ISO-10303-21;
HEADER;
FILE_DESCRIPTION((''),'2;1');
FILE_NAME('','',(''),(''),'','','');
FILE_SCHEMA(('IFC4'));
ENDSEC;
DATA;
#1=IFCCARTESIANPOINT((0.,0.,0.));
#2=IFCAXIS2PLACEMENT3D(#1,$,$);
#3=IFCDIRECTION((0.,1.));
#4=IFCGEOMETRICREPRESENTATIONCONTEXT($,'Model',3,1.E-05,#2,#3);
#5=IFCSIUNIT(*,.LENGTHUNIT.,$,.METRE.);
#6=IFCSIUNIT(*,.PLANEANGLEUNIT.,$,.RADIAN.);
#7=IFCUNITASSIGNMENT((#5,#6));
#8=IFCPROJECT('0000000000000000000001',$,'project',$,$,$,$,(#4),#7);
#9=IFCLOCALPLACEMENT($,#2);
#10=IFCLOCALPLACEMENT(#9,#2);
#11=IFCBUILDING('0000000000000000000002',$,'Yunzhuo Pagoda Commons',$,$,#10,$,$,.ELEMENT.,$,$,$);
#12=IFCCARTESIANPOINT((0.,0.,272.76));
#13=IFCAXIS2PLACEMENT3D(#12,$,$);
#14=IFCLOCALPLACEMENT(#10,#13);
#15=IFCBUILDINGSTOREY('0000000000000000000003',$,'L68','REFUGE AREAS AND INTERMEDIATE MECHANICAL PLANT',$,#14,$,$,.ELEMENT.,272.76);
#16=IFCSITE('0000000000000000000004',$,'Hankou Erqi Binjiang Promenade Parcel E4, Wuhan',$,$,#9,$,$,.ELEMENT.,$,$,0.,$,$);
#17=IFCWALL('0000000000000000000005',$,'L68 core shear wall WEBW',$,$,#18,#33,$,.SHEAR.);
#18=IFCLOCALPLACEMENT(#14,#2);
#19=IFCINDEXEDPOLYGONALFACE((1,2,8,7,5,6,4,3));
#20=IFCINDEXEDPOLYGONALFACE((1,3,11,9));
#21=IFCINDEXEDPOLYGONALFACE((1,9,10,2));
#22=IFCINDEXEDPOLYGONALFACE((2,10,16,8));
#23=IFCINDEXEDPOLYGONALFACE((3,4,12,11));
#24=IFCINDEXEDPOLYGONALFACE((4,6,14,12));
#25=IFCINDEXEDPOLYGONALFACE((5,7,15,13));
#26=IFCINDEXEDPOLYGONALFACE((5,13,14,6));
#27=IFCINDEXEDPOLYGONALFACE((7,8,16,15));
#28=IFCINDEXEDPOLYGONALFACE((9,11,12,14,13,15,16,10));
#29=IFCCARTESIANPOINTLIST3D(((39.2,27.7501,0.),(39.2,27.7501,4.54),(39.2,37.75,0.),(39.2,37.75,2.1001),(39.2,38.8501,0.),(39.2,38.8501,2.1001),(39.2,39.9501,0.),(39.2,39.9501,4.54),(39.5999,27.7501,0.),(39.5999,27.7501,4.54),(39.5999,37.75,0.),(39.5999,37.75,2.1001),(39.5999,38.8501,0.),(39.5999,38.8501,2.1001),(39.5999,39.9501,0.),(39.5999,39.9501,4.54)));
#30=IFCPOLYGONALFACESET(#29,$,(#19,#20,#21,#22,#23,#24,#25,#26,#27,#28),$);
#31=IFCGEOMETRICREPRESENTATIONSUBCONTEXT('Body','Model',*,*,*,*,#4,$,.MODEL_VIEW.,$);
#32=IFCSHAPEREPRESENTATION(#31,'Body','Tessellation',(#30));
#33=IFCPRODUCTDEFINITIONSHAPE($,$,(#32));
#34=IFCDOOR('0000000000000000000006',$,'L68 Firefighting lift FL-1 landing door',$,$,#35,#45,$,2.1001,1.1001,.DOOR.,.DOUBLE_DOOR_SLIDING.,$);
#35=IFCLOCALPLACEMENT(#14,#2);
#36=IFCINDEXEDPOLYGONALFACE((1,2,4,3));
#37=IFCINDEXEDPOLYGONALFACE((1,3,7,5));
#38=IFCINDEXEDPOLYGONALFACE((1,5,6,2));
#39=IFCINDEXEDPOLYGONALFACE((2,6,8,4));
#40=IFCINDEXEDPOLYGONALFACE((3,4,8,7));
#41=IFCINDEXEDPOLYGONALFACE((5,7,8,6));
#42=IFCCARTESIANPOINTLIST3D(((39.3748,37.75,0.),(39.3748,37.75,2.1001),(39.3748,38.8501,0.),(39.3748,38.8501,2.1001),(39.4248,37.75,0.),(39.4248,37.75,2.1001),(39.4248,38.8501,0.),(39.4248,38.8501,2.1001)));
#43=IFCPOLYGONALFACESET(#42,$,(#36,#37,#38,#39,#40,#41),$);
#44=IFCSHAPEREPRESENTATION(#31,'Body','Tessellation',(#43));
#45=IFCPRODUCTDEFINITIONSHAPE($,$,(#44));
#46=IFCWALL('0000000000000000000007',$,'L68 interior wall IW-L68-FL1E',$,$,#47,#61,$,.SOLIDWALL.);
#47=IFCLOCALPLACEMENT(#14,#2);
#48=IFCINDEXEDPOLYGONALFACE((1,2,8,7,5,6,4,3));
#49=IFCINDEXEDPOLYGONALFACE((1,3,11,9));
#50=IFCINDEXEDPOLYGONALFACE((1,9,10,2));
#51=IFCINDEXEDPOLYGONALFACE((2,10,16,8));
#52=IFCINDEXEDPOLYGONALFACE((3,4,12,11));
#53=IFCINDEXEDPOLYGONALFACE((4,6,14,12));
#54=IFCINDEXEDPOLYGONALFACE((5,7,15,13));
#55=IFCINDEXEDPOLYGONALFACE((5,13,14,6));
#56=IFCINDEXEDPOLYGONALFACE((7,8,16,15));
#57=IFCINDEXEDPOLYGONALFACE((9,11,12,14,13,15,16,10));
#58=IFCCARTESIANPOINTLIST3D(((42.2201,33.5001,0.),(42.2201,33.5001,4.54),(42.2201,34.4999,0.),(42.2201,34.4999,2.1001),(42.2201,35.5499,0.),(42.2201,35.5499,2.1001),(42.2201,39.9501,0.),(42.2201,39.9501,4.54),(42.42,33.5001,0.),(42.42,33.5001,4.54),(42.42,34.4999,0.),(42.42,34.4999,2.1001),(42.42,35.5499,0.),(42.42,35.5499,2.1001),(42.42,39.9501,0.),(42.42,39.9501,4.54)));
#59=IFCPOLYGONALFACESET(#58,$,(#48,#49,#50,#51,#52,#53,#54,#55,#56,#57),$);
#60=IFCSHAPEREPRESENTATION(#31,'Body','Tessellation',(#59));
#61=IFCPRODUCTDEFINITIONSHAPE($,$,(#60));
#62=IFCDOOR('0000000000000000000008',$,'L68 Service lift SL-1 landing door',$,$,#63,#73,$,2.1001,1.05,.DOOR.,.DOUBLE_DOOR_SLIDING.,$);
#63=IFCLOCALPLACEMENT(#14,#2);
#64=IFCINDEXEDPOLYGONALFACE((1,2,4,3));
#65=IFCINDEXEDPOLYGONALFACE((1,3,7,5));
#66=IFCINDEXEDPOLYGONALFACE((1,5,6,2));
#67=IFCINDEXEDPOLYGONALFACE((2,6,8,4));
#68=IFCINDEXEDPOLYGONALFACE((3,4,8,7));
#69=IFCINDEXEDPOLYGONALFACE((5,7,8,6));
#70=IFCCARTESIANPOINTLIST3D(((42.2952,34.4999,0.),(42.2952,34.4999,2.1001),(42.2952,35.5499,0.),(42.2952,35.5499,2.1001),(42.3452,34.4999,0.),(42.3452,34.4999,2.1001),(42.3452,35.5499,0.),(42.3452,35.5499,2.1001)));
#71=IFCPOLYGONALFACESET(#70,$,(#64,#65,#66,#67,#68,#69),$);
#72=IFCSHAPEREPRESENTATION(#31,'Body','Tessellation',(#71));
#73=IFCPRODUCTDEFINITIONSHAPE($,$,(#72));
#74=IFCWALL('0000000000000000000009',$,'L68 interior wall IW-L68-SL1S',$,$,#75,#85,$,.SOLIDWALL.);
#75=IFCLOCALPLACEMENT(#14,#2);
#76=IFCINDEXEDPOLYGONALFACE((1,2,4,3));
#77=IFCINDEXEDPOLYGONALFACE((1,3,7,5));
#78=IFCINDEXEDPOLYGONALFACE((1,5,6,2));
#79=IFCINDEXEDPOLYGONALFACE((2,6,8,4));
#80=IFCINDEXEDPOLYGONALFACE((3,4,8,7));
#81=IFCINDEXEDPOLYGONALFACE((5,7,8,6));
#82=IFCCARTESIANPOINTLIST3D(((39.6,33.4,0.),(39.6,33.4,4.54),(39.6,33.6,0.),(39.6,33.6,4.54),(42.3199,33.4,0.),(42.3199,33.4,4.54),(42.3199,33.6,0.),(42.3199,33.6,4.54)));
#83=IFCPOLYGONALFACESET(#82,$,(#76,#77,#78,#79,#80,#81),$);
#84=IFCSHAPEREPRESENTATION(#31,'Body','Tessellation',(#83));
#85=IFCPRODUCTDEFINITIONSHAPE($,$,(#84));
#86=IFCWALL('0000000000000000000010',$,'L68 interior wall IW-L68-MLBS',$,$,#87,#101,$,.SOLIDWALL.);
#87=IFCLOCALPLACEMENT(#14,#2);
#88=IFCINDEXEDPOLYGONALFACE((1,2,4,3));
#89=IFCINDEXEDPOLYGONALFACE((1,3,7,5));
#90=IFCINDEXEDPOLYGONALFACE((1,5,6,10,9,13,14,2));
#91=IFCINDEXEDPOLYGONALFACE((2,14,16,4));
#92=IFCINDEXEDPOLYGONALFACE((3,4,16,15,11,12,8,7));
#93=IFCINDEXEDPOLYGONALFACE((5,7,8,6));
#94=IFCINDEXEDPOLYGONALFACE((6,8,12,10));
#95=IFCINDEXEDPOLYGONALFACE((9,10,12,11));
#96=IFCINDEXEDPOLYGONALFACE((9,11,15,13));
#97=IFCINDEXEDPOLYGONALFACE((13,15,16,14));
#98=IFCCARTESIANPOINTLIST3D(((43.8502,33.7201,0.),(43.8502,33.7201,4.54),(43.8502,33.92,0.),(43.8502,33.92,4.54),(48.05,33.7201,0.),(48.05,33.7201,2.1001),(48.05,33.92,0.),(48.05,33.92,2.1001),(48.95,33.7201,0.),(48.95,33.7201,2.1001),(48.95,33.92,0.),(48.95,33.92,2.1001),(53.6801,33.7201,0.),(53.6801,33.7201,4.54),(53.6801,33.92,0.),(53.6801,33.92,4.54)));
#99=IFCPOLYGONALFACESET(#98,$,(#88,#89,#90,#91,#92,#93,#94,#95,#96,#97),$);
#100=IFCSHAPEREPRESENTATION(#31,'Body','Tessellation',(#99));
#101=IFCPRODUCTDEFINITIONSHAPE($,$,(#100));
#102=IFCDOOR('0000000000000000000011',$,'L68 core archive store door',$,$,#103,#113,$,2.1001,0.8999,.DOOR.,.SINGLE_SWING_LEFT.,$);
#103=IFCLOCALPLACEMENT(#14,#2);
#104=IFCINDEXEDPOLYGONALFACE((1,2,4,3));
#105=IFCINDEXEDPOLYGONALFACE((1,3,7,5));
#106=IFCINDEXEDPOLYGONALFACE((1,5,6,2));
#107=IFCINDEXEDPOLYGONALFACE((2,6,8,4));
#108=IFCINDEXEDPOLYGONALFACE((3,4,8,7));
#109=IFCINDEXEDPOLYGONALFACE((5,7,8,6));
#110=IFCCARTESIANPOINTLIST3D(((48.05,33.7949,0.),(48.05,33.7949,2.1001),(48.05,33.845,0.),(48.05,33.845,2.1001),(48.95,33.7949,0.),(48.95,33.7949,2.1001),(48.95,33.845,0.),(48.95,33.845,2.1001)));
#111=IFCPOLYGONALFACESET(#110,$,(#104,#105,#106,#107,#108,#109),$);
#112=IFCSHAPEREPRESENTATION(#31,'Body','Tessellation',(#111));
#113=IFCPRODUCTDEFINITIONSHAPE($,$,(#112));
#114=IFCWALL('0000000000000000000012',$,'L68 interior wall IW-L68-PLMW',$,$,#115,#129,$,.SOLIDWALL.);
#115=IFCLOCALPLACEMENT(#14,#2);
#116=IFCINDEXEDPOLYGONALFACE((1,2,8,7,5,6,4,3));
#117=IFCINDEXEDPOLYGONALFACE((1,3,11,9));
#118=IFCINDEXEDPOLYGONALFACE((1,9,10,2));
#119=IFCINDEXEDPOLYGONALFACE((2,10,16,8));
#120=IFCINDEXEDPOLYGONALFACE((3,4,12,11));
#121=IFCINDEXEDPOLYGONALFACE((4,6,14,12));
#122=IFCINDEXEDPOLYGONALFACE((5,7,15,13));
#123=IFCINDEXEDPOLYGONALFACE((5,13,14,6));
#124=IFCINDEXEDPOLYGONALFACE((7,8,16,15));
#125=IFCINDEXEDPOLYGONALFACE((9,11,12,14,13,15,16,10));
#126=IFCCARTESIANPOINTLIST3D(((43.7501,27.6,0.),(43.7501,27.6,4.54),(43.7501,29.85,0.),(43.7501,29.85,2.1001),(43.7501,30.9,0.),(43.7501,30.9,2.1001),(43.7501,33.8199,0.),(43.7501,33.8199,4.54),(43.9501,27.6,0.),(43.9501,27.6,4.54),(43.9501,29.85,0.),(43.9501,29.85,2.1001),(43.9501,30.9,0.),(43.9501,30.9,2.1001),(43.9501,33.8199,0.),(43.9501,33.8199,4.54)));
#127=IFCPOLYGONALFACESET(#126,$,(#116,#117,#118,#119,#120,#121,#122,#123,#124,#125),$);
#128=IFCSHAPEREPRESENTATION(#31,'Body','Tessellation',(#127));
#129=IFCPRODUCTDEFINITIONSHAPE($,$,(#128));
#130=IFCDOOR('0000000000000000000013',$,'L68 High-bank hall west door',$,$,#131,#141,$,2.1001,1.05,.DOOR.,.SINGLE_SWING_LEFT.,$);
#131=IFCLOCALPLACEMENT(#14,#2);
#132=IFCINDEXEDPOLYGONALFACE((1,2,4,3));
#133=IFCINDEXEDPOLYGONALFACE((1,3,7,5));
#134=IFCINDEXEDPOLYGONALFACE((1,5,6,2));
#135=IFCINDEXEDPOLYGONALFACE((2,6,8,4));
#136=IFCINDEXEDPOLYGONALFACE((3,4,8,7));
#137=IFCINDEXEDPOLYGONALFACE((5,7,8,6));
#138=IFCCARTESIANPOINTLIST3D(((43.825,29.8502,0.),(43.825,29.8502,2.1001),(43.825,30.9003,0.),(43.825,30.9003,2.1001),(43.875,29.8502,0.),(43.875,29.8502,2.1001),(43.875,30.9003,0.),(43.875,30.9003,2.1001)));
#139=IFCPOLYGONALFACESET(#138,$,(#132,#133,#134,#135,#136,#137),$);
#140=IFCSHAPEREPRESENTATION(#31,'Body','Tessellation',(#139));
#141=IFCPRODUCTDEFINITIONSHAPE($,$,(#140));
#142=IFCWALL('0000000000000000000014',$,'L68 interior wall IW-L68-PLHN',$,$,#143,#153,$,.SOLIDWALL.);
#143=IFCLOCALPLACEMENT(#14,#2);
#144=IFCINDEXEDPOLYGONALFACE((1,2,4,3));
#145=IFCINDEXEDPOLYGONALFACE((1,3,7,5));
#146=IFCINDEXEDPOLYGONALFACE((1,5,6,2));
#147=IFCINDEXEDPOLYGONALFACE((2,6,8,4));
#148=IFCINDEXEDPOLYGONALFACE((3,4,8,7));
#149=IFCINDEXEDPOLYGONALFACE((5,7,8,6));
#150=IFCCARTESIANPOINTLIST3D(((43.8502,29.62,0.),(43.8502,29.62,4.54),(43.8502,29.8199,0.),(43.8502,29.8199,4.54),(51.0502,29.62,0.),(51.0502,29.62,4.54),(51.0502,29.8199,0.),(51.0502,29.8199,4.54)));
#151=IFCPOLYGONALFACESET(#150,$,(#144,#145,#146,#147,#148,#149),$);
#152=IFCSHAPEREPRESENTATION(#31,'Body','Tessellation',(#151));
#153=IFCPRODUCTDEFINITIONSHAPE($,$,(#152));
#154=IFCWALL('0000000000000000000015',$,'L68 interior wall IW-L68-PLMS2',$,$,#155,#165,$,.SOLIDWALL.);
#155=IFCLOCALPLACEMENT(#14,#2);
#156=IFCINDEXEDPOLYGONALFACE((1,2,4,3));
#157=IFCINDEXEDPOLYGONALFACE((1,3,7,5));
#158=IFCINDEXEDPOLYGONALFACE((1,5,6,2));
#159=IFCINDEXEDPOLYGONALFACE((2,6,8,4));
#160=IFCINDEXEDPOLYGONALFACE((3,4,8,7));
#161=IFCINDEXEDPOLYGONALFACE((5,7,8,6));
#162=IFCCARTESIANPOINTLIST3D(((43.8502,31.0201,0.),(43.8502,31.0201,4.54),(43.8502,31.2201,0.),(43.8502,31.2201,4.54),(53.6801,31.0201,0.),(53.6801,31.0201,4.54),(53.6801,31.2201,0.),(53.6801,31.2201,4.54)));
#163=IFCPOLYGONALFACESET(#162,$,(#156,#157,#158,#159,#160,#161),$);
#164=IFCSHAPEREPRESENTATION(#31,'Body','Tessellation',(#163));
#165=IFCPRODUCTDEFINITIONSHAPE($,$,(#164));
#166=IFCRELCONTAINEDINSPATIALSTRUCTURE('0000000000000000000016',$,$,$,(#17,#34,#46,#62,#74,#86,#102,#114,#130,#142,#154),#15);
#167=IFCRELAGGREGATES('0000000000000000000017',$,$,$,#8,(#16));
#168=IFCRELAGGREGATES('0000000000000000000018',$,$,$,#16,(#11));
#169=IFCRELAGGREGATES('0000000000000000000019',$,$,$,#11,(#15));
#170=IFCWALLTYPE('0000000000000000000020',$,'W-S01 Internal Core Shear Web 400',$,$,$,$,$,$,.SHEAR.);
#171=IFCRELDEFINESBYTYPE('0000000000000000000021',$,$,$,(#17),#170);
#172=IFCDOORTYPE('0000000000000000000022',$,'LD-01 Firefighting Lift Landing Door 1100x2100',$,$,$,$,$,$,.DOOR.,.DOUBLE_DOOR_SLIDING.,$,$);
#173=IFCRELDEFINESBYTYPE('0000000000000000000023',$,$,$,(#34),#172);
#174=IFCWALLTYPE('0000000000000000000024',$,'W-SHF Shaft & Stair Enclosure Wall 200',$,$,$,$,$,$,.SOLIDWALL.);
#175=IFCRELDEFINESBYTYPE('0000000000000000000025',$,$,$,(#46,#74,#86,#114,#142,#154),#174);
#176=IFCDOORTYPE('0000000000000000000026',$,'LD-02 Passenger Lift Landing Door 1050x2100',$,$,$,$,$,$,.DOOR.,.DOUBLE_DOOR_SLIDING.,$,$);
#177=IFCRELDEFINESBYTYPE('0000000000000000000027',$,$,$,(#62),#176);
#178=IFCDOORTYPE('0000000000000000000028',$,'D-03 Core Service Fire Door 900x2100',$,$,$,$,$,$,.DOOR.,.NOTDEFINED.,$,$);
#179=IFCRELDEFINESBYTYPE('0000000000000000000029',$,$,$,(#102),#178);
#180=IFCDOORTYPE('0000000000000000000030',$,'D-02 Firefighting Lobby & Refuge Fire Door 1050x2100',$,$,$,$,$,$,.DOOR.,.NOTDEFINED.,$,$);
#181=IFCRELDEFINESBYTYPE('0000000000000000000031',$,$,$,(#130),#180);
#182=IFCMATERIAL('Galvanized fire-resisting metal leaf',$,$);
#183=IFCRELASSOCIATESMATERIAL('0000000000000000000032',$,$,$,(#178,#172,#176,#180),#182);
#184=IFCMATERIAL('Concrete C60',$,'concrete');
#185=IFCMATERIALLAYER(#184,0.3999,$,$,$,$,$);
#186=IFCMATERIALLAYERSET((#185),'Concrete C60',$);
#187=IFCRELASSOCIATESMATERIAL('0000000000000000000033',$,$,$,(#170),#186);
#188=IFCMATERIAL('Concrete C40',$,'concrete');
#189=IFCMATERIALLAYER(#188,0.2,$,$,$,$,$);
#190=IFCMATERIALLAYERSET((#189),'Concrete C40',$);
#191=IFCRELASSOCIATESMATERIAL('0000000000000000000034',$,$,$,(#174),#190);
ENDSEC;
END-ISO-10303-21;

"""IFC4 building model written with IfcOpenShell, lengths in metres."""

from ifc_helpers import new_model, si_unit, direction, frame, frame_2d, origin, origin_with_axes, place, context, subcontext, project, spatial, rectangle, extrude, source, transform, mapped, material, layer, layer_set, type_object, element, fill, save


model = new_model("IFC4")

# Units and contexts
model_context = context("Model", 3, precision=1e-05, world=origin(), true_north=direction((0.0, 1.0)))
body_context = subcontext(model_context, "Body", "Model", "MODEL_VIEW")
ifc_project = project(units=[si_unit("LENGTHUNIT", "METRE"), si_unit("PLANEANGLEUNIT", "RADIAN")], contexts=[model_context])

# Site, building, storey
site_placement = place(None, origin())
site = spatial("IfcSite", under=ifc_project, at=site_placement, Name="Hankou Erqi Binjiang Promenade Parcel E4, Wuhan", CompositionType="ELEMENT", RefElevation=0.0)
building_placement = place(site_placement, origin())
building = spatial("IfcBuilding", under=site, at=building_placement, Name="Yunzhuo Pagoda Commons", CompositionType="ELEMENT")
storey_placement = place(building_placement, frame((0.0, 0.0, 272.76)))
storey = spatial("IfcBuildingStorey", under=building, at=storey_placement, Name="L68", Description="REFUGE AREAS AND INTERMEDIATE MECHANICAL PLANT", CompositionType="ELEMENT", Elevation=272.76)

# Walls, openings, doors
ifc_material_1 = material(Name="Galvanized fire-resisting metal leaf")
door_type_1 = type_object("IfcDoorType", Name="D-03 Core Service Fire Door 900x2100", OperationType="NOTDEFINED", PredefinedType="DOOR", material=ifc_material_1)
shared_shape_1 = source(origin(), body_context, "Body", "SweptSolid", [
    extrude(rectangle(XDim=0.8999, YDim=2.1001, at=frame_2d((0.45, 1.05))), frame((0.0, 0.0249, 0.0), z_axis=(0.0, -1.0, 0.0), x_axis=(1.0, 0.0, 0.0)), (0.0, 0.0, 1.0), 0.05),
])
ifc_material_2 = material(Name="Concrete C60", Category="concrete")
ifc_layer_1 = layer(ifc_material_2, 0.3999)
ifc_layer_set_1 = layer_set([ifc_layer_1], Name="Concrete C60")
wall_type_1 = type_object("IfcWallType", Name="W-S01 Internal Core Shear Web 400", PredefinedType="SHEAR", material=ifc_layer_set_1)
wall_1_placement = place(storey_placement, frame((39.3999, 27.75, 0.0), z_axis=(0.0, 0.0, 1.0), x_axis=(0.0, 1.0, 0.0)))
wall_1 = element("IfcWall", 1, at=wall_1_placement, inside=storey, type_object=wall_type_1, Name="L68 core shear wall WEBW", PredefinedType="SHEAR", context=body_context, shape_type="SweptSolid", body=[
    extrude(rectangle(XDim=12.2, YDim=0.3999, at=frame_2d((6.1001, 0.0))), origin(), (0.0, 0.0, 1.0), 4.54),
])
opening_1_placement = place(wall_1_placement, frame((10.0, 0.0, 0.0)))
opening_1 = element("IfcOpeningElement", 2, at=opening_1_placement, cuts=wall_1, PredefinedType="OPENING", context=body_context, shape_type="SweptSolid", body=[
    extrude(rectangle(XDim=1.1001, YDim=2.1001, at=frame_2d((0.55, 1.05))), frame((0.0, 0.21, 0.0), z_axis=(0.0, -1.0, 0.0), x_axis=(1.0, 0.0, 0.0)), (0.0, 0.0, 1.0), 0.4199),
])
door_type_2 = type_object("IfcDoorType", Name="LD-01 Firefighting Lift Landing Door 1100x2100", OperationType="DOUBLE_DOOR_SLIDING", PredefinedType="DOOR", material=ifc_material_1)
shared_shape_2 = source(origin(), body_context, "Body", "SweptSolid", [
    extrude(rectangle(XDim=1.1001, YDim=2.1001, at=frame_2d((0.55, 1.05))), frame((0.0, 0.0249, 0.0), z_axis=(0.0, -1.0, 0.0), x_axis=(1.0, 0.0, 0.0)), (0.0, 0.0, 1.0), 0.05),
])
door_1_placement = place(opening_1_placement, frame((1.1001, 0.0, 0.0), z_axis=(0.0, 0.0, 1.0), x_axis=(-1.0, 0.0, 0.0)))
door_1 = element("IfcDoor", 3, at=door_1_placement, inside=storey, type_object=door_type_2, Name="L68 Firefighting lift FL-1 landing door", OperationType="DOUBLE_DOOR_SLIDING", OverallHeight=2.1001, OverallWidth=1.1001, PredefinedType="DOOR", context=body_context, shape_type="MappedRepresentation", body=[
    mapped(shared_shape_2, transform((0.0, 0.0, 0.0), scale=1.0)),
])
fill(opening_1, door_1)
ifc_material_3 = material(Name="Concrete C40", Category="concrete")
ifc_layer_2 = layer(ifc_material_3, 0.2)
ifc_layer_set_2 = layer_set([ifc_layer_2], Name="Concrete C40")
wall_type_2 = type_object("IfcWallType", Name="W-SHF Shaft & Stair Enclosure Wall 200", PredefinedType="SOLIDWALL", material=ifc_layer_set_2)
wall_2_placement = place(storey_placement, frame((42.3201, 33.5, 0.0), z_axis=(0.0, 0.0, 1.0), x_axis=(0.0, 1.0, 0.0)))
wall_2 = element("IfcWall", 4, at=wall_2_placement, inside=storey, type_object=wall_type_2, Name="L68 interior wall IW-L68-FL1E", PredefinedType="SOLIDWALL", context=body_context, shape_type="SweptSolid", body=[
    extrude(rectangle(XDim=6.45, YDim=0.2, at=frame_2d((3.2251, 0.0))), origin(), (0.0, 0.0, 1.0), 4.54),
])
opening_2_placement = place(wall_2_placement, frame((1.0, 0.0, 0.0)))
opening_2 = element("IfcOpeningElement", 5, at=opening_2_placement, cuts=wall_2, PredefinedType="OPENING", context=body_context, shape_type="SweptSolid", body=[
    extrude(rectangle(XDim=1.05, YDim=2.1001, at=frame_2d((0.5249, 1.05))), frame((0.0, 0.1099, 0.0), z_axis=(0.0, -1.0, 0.0), x_axis=(1.0, 0.0, 0.0)), (0.0, 0.0, 1.0), 0.22),
])
door_type_3 = type_object("IfcDoorType", Name="LD-02 Passenger Lift Landing Door 1050x2100", OperationType="DOUBLE_DOOR_SLIDING", PredefinedType="DOOR", material=ifc_material_1)
shared_shape_3 = source(origin(), body_context, "Body", "SweptSolid", [
    extrude(rectangle(XDim=1.05, YDim=2.1001, at=frame_2d((0.5249, 1.05))), frame((0.0, 0.0249, 0.0), z_axis=(0.0, -1.0, 0.0), x_axis=(1.0, 0.0, 0.0)), (0.0, 0.0, 1.0), 0.05),
])
door_2_placement = place(opening_2_placement, origin_with_axes())
door_2 = element("IfcDoor", 6, at=door_2_placement, inside=storey, type_object=door_type_3, Name="L68 Service lift SL-1 landing door", OperationType="DOUBLE_DOOR_SLIDING", OverallHeight=2.1001, OverallWidth=1.05, PredefinedType="DOOR", context=body_context, shape_type="MappedRepresentation", body=[
    mapped(shared_shape_3, transform((0.0, 0.0, 0.0), scale=1.0)),
])
fill(opening_2, door_2)

# Wall
wall_3_placement = place(storey_placement, frame((39.6001, 33.5, 0.0), z_axis=(0.0, 0.0, 1.0), x_axis=(1.0, 0.0, 0.0)))
element("IfcWall", 7, at=wall_3_placement, inside=storey, type_object=wall_type_2, Name="L68 interior wall IW-L68-SL1S", PredefinedType="SOLIDWALL", context=body_context, shape_type="SweptSolid", body=[
    extrude(rectangle(XDim=2.72, YDim=0.2, at=frame_2d((1.3599, 0.0))), origin(), (0.0, 0.0, 1.0), 4.54),
])

# Walls, openings, doors
wall_4_placement = place(storey_placement, frame((43.8501, 33.8201, 0.0), z_axis=(0.0, 0.0, 1.0), x_axis=(1.0, 0.0, 0.0)))
wall_4 = element("IfcWall", 8, at=wall_4_placement, inside=storey, type_object=wall_type_2, Name="L68 interior wall IW-L68-MLBS", PredefinedType="SOLIDWALL", context=body_context, shape_type="SweptSolid", body=[
    extrude(rectangle(XDim=9.8298, YDim=0.2, at=frame_2d((4.915, 0.0))), origin(), (0.0, 0.0, 1.0), 4.54),
])
opening_3_placement = place(wall_4_placement, frame((4.2, 0.0, 0.0)))
opening_3 = element("IfcOpeningElement", 9, at=opening_3_placement, cuts=wall_4, PredefinedType="OPENING", context=body_context, shape_type="SweptSolid", body=[
    extrude(rectangle(XDim=0.8999, YDim=2.1001, at=frame_2d((0.45, 1.05))), frame((0.0, 0.1099, 0.0), z_axis=(0.0, -1.0, 0.0), x_axis=(1.0, 0.0, 0.0)), (0.0, 0.0, 1.0), 0.22),
])
door_3_placement = place(opening_3_placement, origin_with_axes())
door_3 = element("IfcDoor", 10, at=door_3_placement, inside=storey, type_object=door_type_1, Name="L68 core archive store door", OperationType="SINGLE_SWING_LEFT", OverallHeight=2.1001, OverallWidth=0.8999, PredefinedType="DOOR", context=body_context, shape_type="MappedRepresentation", body=[
    mapped(shared_shape_1, transform((0.0, 0.0, 0.0), scale=1.0)),
])
fill(opening_3, door_3)
wall_5_placement = place(storey_placement, frame((43.8501, 27.6001, 0.0), z_axis=(0.0, 0.0, 1.0), x_axis=(0.0, 1.0, 0.0)))
wall_5 = element("IfcWall", 11, at=wall_5_placement, inside=storey, type_object=wall_type_2, Name="L68 interior wall IW-L68-PLMW", PredefinedType="SOLIDWALL", context=body_context, shape_type="SweptSolid", body=[
    extrude(rectangle(XDim=6.22, YDim=0.2, at=frame_2d((3.1099, 0.0))), origin(), (0.0, 0.0, 1.0), 4.54),
])
opening_4_placement = place(wall_5_placement, frame((2.25, 0.0, 0.0)))
opening_4 = element("IfcOpeningElement", 12, at=opening_4_placement, cuts=wall_5, PredefinedType="OPENING", context=body_context, shape_type="SweptSolid", body=[
    extrude(rectangle(XDim=1.05, YDim=2.1001, at=frame_2d((0.5249, 1.05))), frame((0.0, 0.1099, 0.0), z_axis=(0.0, -1.0, 0.0), x_axis=(1.0, 0.0, 0.0)), (0.0, 0.0, 1.0), 0.22),
])
door_type_4 = type_object("IfcDoorType", Name="D-02 Firefighting Lobby & Refuge Fire Door 1050x2100", OperationType="NOTDEFINED", PredefinedType="DOOR", material=ifc_material_1)
door_4_placement = place(opening_4_placement, frame((1.05, 0.0, 0.0), z_axis=(0.0, 0.0, 1.0), x_axis=(-1.0, 0.0, 0.0)))
door_4 = element("IfcDoor", 13, at=door_4_placement, inside=storey, type_object=door_type_4, Name="L68 High-bank hall west door", OperationType="SINGLE_SWING_LEFT", OverallHeight=2.1001, OverallWidth=1.05, PredefinedType="DOOR", context=body_context, shape_type="MappedRepresentation", body=[
    mapped(shared_shape_3, transform((0.0, 0.0, 0.0), scale=1.0)),
])
fill(opening_4, door_4)

# Walls
wall_6_placement = place(storey_placement, frame((43.8501, 29.72, 0.0), z_axis=(0.0, 0.0, 1.0), x_axis=(1.0, 0.0, 0.0)))
element("IfcWall", 14, at=wall_6_placement, inside=storey, type_object=wall_type_2, Name="L68 interior wall IW-L68-PLHN", PredefinedType="SOLIDWALL", context=body_context, shape_type="SweptSolid", body=[
    extrude(rectangle(XDim=7.2, YDim=0.2, at=frame_2d((3.6001, 0.0))), origin(), (0.0, 0.0, 1.0), 4.54),
])
wall_7_placement = place(storey_placement, frame((43.8501, 31.1201, 0.0), z_axis=(0.0, 0.0, 1.0), x_axis=(1.0, 0.0, 0.0)))
element("IfcWall", 15, at=wall_7_placement, inside=storey, type_object=wall_type_2, Name="L68 interior wall IW-L68-PLMS2", PredefinedType="SOLIDWALL", context=body_context, shape_type="SweptSolid", body=[
    extrude(rectangle(XDim=9.8298, YDim=0.2, at=frame_2d((4.915, 0.0))), origin(), (0.0, 0.0, 1.0), 4.54),
])

save(model, "model.ifc")
